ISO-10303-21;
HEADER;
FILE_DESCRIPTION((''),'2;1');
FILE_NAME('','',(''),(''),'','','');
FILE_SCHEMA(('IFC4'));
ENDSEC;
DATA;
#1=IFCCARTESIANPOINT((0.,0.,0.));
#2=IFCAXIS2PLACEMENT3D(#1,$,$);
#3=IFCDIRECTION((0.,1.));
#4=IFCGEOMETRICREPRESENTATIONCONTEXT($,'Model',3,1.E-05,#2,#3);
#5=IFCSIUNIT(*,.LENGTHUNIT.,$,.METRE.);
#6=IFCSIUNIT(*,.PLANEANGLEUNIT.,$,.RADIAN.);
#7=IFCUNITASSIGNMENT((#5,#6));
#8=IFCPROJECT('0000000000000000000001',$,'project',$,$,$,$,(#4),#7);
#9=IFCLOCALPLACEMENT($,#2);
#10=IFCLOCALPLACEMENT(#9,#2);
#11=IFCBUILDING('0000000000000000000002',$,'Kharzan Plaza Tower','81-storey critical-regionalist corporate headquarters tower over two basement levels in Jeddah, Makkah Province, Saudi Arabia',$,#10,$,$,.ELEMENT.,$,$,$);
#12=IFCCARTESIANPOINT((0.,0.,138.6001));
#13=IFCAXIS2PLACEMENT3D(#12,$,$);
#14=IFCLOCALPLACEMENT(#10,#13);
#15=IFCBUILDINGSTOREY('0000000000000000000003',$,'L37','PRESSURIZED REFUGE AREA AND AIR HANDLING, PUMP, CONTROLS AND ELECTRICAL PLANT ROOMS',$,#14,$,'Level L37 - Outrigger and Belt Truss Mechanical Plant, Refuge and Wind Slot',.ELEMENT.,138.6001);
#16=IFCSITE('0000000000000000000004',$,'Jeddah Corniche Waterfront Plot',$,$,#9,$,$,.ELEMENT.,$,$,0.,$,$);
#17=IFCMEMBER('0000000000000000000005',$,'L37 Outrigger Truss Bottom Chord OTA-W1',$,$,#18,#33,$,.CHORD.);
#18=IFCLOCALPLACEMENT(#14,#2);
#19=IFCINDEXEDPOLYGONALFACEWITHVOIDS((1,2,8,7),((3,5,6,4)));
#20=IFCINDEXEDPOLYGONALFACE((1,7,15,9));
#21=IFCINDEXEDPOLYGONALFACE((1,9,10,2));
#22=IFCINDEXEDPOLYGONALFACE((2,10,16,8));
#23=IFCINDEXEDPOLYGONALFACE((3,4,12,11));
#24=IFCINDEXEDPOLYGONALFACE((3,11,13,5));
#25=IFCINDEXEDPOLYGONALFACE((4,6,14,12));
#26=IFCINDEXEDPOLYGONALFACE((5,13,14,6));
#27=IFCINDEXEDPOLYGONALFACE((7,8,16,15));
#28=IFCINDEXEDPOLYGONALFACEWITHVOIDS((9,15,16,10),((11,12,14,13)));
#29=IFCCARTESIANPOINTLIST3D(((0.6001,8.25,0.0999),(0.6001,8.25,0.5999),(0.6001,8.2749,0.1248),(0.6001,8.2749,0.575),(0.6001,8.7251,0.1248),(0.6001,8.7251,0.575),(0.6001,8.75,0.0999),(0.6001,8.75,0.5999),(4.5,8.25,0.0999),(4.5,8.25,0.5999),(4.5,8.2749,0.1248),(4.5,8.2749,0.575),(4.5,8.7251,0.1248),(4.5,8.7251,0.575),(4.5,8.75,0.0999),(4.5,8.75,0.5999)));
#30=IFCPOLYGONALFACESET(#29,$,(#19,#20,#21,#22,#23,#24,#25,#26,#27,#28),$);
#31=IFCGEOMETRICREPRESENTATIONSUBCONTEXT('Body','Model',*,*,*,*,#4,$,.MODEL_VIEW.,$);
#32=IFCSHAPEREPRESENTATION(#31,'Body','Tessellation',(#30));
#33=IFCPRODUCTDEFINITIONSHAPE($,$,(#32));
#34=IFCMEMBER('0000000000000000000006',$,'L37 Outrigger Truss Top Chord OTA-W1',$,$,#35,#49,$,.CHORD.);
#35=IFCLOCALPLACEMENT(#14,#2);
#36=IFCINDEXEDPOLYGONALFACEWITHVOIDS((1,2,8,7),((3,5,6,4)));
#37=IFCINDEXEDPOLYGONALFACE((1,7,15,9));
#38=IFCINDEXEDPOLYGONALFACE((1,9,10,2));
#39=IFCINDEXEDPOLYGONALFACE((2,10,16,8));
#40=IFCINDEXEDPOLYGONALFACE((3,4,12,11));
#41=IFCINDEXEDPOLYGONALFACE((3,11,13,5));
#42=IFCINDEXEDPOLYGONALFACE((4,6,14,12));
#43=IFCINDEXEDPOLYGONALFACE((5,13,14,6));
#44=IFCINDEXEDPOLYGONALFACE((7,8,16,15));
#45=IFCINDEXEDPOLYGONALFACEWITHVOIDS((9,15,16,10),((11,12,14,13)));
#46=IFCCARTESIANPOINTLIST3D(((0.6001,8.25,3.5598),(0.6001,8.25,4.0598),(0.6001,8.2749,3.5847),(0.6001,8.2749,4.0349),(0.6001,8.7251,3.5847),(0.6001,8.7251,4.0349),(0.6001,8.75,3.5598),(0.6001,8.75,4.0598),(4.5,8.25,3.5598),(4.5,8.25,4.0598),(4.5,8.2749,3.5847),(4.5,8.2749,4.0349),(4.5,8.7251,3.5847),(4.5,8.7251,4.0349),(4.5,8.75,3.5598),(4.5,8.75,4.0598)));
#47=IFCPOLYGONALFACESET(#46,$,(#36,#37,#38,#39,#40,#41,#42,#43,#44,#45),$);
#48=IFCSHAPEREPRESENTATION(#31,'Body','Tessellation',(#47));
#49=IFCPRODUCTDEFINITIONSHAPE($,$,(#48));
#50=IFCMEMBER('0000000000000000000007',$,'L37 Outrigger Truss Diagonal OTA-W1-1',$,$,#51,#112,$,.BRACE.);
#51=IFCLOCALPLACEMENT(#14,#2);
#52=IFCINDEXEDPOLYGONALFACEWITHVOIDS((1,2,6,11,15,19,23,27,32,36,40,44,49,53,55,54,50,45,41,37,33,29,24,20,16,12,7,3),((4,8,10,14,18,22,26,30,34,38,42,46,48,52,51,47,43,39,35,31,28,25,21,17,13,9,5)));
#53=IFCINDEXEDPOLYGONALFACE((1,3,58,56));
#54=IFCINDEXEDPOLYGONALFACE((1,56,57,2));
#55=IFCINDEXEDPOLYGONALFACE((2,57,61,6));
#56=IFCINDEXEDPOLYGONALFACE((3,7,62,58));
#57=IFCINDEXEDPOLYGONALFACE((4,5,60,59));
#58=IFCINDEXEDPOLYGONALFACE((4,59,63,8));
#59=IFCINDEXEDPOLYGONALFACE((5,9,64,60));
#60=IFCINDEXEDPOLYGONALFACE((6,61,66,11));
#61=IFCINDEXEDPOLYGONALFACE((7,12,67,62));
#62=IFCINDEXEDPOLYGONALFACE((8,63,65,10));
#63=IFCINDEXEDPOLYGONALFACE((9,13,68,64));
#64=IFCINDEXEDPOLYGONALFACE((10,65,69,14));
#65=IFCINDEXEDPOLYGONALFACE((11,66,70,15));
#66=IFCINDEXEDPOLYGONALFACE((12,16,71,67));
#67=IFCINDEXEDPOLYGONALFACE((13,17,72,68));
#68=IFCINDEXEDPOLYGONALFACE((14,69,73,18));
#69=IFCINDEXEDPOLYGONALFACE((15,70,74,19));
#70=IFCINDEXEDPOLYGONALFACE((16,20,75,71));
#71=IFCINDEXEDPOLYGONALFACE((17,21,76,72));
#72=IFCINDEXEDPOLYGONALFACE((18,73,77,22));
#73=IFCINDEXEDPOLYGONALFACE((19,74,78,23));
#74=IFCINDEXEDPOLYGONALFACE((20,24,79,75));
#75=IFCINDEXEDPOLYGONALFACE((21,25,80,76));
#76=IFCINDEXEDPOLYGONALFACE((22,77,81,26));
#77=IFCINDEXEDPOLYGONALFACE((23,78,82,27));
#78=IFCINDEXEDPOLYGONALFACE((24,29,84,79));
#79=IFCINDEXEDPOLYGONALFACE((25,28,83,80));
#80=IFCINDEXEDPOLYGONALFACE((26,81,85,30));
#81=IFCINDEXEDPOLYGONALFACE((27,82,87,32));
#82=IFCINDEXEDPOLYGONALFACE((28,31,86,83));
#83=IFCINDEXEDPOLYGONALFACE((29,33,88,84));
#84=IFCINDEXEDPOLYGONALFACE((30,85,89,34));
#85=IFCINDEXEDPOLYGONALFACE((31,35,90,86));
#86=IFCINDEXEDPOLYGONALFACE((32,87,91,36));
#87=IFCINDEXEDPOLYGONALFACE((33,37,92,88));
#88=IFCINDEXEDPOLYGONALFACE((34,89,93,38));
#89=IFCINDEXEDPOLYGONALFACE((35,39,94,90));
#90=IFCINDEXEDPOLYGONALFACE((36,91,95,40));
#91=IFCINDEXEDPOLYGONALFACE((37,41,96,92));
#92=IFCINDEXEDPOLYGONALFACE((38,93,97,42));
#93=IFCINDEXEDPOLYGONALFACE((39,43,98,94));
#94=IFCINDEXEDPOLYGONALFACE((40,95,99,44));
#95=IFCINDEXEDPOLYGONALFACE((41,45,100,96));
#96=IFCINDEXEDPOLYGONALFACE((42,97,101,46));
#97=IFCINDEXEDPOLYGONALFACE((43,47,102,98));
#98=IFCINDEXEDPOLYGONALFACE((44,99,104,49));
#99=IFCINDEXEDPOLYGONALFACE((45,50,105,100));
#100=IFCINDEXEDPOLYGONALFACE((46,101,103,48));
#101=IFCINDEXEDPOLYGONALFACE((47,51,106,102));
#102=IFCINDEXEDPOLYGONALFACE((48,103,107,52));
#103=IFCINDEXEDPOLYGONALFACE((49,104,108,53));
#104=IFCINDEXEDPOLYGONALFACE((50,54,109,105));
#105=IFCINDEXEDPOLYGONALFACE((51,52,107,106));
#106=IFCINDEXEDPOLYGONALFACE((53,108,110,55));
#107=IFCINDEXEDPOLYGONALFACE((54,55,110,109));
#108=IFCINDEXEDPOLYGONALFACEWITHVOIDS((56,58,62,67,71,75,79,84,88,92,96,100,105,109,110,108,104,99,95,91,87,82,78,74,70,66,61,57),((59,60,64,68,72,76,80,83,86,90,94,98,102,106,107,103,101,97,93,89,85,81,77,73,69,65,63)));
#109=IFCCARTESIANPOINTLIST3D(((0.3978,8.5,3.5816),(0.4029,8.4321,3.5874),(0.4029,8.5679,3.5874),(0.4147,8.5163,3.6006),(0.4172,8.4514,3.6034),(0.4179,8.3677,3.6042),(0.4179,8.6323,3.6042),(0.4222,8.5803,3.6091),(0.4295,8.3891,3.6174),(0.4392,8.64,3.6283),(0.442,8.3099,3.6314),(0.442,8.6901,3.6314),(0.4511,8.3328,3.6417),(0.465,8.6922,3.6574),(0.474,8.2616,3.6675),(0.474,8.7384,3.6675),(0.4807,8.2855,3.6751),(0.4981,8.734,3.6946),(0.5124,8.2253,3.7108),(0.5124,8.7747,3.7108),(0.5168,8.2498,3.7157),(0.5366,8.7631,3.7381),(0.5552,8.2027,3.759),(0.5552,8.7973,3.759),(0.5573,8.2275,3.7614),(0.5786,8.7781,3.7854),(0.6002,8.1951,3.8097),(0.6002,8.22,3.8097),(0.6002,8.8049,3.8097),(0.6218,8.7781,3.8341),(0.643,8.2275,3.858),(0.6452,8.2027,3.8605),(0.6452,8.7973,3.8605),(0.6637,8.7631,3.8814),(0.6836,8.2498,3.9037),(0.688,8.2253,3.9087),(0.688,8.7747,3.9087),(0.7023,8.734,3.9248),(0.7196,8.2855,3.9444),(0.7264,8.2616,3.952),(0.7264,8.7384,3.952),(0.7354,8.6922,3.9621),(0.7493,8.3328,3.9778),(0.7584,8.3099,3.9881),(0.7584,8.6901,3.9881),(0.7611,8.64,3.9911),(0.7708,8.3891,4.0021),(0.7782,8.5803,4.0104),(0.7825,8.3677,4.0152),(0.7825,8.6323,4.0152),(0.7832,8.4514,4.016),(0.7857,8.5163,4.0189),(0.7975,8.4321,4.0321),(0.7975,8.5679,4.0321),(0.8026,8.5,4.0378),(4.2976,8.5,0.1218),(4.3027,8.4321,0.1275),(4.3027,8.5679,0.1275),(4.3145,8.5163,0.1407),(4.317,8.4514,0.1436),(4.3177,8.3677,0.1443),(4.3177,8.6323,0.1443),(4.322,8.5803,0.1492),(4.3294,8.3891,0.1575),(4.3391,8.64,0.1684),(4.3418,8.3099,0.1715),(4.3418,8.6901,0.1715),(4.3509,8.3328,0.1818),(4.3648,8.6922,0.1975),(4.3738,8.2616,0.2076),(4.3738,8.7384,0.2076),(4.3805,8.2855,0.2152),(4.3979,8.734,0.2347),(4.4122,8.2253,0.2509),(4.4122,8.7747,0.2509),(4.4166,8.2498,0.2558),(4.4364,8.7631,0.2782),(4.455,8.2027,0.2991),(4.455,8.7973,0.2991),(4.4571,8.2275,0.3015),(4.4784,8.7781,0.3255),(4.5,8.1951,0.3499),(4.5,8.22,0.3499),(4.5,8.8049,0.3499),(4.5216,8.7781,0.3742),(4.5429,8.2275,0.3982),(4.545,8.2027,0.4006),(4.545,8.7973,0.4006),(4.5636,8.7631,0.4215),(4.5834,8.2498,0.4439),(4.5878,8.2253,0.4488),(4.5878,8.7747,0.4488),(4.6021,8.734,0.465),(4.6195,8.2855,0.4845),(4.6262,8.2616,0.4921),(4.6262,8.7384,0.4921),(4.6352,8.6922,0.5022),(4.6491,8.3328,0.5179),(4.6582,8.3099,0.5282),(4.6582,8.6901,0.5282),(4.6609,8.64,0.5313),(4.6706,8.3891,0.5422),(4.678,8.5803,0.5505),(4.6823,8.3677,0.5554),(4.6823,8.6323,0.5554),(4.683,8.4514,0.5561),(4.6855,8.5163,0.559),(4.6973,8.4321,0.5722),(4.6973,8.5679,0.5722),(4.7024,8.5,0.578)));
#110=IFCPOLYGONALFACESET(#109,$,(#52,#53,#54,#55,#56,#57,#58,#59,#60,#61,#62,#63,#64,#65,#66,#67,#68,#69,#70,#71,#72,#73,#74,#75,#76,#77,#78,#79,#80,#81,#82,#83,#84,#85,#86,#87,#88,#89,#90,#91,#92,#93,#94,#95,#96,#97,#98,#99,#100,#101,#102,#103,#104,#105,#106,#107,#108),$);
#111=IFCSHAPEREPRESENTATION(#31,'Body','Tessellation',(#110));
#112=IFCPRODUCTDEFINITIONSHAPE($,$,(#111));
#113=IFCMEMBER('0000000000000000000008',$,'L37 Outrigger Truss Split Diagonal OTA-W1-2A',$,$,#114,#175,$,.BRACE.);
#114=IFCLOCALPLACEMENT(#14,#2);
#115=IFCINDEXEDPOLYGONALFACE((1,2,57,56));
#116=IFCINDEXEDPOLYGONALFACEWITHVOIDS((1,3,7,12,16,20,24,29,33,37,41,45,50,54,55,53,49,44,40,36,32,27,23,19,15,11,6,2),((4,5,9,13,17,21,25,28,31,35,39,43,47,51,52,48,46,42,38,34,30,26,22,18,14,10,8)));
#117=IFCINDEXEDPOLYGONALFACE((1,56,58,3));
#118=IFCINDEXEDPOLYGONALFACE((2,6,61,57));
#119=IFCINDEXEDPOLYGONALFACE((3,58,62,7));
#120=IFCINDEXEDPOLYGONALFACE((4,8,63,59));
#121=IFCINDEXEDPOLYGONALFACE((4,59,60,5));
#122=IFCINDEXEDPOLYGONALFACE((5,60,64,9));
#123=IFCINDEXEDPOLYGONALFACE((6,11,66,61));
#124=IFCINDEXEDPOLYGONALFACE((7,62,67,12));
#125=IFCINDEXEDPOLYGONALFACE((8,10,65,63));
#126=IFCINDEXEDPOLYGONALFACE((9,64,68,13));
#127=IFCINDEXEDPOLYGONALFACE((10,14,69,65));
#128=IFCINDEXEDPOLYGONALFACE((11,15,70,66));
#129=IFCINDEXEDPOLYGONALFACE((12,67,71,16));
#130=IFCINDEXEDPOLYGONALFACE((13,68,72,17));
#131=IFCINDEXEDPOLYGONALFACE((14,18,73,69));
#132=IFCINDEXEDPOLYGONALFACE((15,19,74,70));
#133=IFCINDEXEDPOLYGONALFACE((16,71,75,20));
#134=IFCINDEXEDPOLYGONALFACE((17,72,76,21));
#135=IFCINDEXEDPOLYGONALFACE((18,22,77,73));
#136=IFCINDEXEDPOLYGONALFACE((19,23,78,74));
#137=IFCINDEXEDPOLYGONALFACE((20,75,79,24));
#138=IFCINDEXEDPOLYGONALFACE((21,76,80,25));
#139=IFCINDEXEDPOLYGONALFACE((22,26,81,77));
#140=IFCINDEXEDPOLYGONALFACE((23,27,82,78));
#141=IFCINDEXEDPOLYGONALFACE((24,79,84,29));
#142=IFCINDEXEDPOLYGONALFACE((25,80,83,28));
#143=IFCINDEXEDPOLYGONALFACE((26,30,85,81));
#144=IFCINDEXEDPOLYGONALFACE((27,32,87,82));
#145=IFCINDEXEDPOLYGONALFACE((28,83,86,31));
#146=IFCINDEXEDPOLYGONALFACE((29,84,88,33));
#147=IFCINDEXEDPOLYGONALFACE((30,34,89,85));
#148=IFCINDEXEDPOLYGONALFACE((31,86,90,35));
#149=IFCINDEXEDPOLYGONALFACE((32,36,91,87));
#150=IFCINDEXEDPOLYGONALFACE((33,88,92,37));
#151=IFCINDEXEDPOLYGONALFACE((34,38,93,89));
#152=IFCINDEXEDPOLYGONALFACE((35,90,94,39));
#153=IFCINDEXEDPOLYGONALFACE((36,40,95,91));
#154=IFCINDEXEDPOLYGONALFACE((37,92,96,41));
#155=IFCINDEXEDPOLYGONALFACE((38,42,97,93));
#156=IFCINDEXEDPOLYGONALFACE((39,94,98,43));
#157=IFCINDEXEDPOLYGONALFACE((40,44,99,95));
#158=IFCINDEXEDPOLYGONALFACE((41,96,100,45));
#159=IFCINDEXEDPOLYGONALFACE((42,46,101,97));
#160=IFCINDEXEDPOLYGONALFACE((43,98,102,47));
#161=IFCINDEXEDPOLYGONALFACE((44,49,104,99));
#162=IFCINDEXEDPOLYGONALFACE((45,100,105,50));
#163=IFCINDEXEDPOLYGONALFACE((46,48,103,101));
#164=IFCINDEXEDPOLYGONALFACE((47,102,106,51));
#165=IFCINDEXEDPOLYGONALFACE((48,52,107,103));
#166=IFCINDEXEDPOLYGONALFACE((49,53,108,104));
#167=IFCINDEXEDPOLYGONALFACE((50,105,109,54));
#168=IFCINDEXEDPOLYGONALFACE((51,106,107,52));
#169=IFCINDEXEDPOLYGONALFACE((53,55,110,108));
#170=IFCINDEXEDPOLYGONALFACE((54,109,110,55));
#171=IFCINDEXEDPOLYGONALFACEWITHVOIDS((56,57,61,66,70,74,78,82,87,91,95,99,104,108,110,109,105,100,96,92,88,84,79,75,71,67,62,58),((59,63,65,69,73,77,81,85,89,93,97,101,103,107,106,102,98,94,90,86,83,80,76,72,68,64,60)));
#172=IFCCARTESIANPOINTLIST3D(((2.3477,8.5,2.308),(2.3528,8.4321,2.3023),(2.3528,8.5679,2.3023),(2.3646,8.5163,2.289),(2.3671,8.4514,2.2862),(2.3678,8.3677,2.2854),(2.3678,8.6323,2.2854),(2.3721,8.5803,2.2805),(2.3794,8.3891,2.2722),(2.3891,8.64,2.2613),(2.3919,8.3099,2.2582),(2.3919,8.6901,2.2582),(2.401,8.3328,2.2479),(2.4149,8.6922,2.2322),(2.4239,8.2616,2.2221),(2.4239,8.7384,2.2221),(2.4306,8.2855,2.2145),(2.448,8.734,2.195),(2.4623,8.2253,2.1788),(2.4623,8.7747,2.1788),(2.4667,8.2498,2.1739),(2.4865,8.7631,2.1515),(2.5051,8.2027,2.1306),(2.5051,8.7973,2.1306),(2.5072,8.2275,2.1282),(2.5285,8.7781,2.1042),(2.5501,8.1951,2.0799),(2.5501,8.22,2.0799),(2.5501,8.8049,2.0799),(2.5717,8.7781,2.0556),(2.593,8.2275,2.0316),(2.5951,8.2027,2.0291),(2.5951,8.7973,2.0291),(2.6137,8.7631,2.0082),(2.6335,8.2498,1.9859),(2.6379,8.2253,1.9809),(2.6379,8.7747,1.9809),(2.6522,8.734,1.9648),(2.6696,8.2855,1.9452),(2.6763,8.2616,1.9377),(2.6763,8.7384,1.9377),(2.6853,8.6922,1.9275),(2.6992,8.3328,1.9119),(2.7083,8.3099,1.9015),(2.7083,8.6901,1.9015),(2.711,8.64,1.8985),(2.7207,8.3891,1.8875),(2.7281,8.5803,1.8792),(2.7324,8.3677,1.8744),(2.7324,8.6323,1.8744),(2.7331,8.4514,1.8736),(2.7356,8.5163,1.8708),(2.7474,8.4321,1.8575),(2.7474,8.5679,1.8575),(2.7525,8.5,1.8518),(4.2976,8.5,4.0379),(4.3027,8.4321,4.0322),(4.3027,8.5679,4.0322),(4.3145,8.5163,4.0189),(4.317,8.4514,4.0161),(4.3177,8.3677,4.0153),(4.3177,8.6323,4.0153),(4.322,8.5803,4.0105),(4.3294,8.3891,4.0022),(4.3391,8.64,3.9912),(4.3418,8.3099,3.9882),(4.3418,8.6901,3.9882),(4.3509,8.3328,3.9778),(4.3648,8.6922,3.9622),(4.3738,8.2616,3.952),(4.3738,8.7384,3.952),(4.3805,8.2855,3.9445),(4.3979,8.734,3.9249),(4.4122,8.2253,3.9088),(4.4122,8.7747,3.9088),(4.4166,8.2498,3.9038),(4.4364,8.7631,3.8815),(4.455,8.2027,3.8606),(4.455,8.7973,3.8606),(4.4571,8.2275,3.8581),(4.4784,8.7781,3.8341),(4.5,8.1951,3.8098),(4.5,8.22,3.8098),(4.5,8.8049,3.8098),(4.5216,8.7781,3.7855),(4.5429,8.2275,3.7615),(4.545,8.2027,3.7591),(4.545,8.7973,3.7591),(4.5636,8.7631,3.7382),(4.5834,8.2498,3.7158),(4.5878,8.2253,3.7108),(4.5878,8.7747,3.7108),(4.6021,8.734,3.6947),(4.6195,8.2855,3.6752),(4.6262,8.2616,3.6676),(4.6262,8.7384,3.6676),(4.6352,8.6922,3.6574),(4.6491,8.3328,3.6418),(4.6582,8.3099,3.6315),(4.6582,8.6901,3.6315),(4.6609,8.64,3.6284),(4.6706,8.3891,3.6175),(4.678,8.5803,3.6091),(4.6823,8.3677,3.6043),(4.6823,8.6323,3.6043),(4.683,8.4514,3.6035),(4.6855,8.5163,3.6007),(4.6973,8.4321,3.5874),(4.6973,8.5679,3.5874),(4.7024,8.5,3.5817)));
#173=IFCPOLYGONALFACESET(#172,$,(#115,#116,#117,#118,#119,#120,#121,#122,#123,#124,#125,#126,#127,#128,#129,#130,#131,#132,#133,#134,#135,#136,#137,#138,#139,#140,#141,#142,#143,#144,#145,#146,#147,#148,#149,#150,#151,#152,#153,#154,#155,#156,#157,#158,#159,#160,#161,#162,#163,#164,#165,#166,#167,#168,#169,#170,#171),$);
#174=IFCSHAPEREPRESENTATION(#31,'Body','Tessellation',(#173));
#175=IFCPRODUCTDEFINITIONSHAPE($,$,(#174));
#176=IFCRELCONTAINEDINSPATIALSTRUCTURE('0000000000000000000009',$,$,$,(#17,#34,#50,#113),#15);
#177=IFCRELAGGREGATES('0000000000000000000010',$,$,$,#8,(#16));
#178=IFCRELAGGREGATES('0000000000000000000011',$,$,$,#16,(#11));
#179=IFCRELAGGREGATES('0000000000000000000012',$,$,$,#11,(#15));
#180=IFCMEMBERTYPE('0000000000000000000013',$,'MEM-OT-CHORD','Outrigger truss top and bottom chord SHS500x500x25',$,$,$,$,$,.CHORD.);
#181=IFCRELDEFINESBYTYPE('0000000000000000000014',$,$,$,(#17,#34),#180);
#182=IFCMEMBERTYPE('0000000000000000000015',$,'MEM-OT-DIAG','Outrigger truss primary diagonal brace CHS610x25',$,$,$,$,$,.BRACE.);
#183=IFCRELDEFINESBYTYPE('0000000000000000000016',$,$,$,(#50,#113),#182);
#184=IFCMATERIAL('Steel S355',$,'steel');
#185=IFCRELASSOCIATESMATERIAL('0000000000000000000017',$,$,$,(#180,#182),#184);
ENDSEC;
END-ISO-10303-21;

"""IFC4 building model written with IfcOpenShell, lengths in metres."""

from ifc_helpers import new_model, si_unit, direction, frame, origin, origin_2d, place, context, subcontext, project, spatial, hollow_rectangle, hollow_circle, extrude, source, transform, mapped, material, material_profile, profile_set, type_object, element, save


model = new_model("IFC4")

# Units and contexts
model_context = context("Model", 3, precision=1e-05, world=origin(), true_north=direction((0.0, 1.0)))
body_context = subcontext(model_context, "Body", "Model", "MODEL_VIEW")
ifc_project = project(units=[si_unit("LENGTHUNIT", "METRE"), si_unit("PLANEANGLEUNIT", "RADIAN")], contexts=[model_context])

# Site, building, storey
site_placement = place(None, origin())
site = spatial("IfcSite", under=ifc_project, at=site_placement, Name="Jeddah Corniche Waterfront Plot", CompositionType="ELEMENT", RefElevation=0.0)
building_placement = place(site_placement, origin())
building = spatial("IfcBuilding", under=site, at=building_placement, Name="Kharzan Plaza Tower", Description="81-storey critical-regionalist corporate headquarters tower over two basement levels in Jeddah, Makkah Province, Saudi Arabia", CompositionType="ELEMENT")
storey_placement = place(building_placement, frame((0.0, 0.0, 138.6001)))
storey = spatial("IfcBuildingStorey", under=building, at=storey_placement, Name="L37", Description="PRESSURIZED REFUGE AREA AND AIR HANDLING, PUMP, CONTROLS AND ELECTRICAL PLANT ROOMS", LongName="Level L37 - Outrigger and Belt Truss Mechanical Plant, Refuge and Wind Slot", CompositionType="ELEMENT", Elevation=138.6001)

# Shared definitions
ifc_material_1 = material(Name="Steel S355", Category="steel")

# Members
ifc_material_profile_1 = material_profile(ifc_material_1, hollow_rectangle(XDim=0.5, YDim=0.5, WallThickness=0.0249, at=origin_2d()), Name="SHS500x500x25")
ifc_profile_set_1 = profile_set([ifc_material_profile_1], Name="Steel S355")
member_type_1 = type_object("IfcMemberType", Name="MEM-OT-CHORD", Description="Outrigger truss top and bottom chord SHS500x500x25", PredefinedType="CHORD", material=ifc_profile_set_1)
shared_shape_1 = source(origin(), body_context, "Body", "SweptSolid", [
    extrude(hollow_rectangle(XDim=0.5, YDim=0.5, WallThickness=0.0249, at=origin_2d()), origin(), (0.0, 0.0, 1.0), 3.8999),
])
for number, where, z_axis, x_axis, name in (
    (1, (4.5, 8.5, 0.3499), (-1.0, 0.0, 0.0), (0.0, -1.0, 0.0), "L37 Outrigger Truss Bottom Chord OTA-W1"),
    (2, (4.5, 8.5, 3.8098), (-1.0, 0.0, 0.0), (0.0, -1.0, 0.0), "L37 Outrigger Truss Top Chord OTA-W1"),
):
    element("IfcMember", number, at=place(storey_placement, frame(where, z_axis=z_axis, x_axis=x_axis)), inside=storey, type_object=member_type_1, Name=name, PredefinedType="CHORD", context=body_context, shape_type="MappedRepresentation", body=[
        mapped(shared_shape_1, transform((0.0, 0.0, 0.0), x_axis=(1.0, 0.0, 0.0), y_axis=(0.0, 1.0, 0.0), z_axis=(0.0, 0.0, 1.0))),
    ])
ifc_material_profile_2 = material_profile(ifc_material_1, hollow_circle(Radius=0.3049, WallThickness=0.0249, at=origin_2d()), Name="CHS610x25")
ifc_profile_set_2 = profile_set([ifc_material_profile_2], Name="Steel S355")
member_type_2 = type_object("IfcMemberType", Name="MEM-OT-DIAG", Description="Outrigger truss primary diagonal brace CHS610x25", PredefinedType="BRACE", material=ifc_profile_set_2)
shared_shape_2 = source(origin(), body_context, "Body", "SweptSolid", [
    extrude(hollow_circle(Radius=0.3049, WallThickness=0.0249, at=origin_2d()), origin(), (0.0, 0.0, 1.0), 5.2134),
])
member_1_placement = place(storey_placement, frame((4.5, 8.5, 0.3499), z_axis=(-0.748039, 0.0, 0.663654), x_axis=(0.0, -1.0, 0.0)))
element("IfcMember", 3, at=member_1_placement, inside=storey, type_object=member_type_2, Name="L37 Outrigger Truss Diagonal OTA-W1-1", PredefinedType="BRACE", context=body_context, shape_type="MappedRepresentation", body=[
    mapped(shared_shape_2, transform((0.0, 0.0, 0.0), x_axis=(1.0, 0.0, 0.0), y_axis=(0.0, 1.0, 0.0), z_axis=(0.0, 0.0, 1.0))),
])
shared_shape_3 = source(origin(), body_context, "Body", "SweptSolid", [
    extrude(hollow_circle(Radius=0.3049, WallThickness=0.0249, at=origin_2d()), origin(), (0.0, 0.0, 1.0), 2.6067),
])
member_2_placement = place(storey_placement, frame((4.5, 8.5, 3.8098), z_axis=(-0.748039, 0.0, -0.663654), x_axis=(0.0, -1.0, 0.0)))
element("IfcMember", 4, at=member_2_placement, inside=storey, type_object=member_type_2, Name="L37 Outrigger Truss Split Diagonal OTA-W1-2A", PredefinedType="BRACE", context=body_context, shape_type="MappedRepresentation", body=[
    mapped(shared_shape_3, transform((0.0, 0.0, 0.0), x_axis=(1.0, 0.0, 0.0), y_axis=(0.0, 1.0, 0.0), z_axis=(0.0, 0.0, 1.0))),
])

save(model, "model.ifc")
